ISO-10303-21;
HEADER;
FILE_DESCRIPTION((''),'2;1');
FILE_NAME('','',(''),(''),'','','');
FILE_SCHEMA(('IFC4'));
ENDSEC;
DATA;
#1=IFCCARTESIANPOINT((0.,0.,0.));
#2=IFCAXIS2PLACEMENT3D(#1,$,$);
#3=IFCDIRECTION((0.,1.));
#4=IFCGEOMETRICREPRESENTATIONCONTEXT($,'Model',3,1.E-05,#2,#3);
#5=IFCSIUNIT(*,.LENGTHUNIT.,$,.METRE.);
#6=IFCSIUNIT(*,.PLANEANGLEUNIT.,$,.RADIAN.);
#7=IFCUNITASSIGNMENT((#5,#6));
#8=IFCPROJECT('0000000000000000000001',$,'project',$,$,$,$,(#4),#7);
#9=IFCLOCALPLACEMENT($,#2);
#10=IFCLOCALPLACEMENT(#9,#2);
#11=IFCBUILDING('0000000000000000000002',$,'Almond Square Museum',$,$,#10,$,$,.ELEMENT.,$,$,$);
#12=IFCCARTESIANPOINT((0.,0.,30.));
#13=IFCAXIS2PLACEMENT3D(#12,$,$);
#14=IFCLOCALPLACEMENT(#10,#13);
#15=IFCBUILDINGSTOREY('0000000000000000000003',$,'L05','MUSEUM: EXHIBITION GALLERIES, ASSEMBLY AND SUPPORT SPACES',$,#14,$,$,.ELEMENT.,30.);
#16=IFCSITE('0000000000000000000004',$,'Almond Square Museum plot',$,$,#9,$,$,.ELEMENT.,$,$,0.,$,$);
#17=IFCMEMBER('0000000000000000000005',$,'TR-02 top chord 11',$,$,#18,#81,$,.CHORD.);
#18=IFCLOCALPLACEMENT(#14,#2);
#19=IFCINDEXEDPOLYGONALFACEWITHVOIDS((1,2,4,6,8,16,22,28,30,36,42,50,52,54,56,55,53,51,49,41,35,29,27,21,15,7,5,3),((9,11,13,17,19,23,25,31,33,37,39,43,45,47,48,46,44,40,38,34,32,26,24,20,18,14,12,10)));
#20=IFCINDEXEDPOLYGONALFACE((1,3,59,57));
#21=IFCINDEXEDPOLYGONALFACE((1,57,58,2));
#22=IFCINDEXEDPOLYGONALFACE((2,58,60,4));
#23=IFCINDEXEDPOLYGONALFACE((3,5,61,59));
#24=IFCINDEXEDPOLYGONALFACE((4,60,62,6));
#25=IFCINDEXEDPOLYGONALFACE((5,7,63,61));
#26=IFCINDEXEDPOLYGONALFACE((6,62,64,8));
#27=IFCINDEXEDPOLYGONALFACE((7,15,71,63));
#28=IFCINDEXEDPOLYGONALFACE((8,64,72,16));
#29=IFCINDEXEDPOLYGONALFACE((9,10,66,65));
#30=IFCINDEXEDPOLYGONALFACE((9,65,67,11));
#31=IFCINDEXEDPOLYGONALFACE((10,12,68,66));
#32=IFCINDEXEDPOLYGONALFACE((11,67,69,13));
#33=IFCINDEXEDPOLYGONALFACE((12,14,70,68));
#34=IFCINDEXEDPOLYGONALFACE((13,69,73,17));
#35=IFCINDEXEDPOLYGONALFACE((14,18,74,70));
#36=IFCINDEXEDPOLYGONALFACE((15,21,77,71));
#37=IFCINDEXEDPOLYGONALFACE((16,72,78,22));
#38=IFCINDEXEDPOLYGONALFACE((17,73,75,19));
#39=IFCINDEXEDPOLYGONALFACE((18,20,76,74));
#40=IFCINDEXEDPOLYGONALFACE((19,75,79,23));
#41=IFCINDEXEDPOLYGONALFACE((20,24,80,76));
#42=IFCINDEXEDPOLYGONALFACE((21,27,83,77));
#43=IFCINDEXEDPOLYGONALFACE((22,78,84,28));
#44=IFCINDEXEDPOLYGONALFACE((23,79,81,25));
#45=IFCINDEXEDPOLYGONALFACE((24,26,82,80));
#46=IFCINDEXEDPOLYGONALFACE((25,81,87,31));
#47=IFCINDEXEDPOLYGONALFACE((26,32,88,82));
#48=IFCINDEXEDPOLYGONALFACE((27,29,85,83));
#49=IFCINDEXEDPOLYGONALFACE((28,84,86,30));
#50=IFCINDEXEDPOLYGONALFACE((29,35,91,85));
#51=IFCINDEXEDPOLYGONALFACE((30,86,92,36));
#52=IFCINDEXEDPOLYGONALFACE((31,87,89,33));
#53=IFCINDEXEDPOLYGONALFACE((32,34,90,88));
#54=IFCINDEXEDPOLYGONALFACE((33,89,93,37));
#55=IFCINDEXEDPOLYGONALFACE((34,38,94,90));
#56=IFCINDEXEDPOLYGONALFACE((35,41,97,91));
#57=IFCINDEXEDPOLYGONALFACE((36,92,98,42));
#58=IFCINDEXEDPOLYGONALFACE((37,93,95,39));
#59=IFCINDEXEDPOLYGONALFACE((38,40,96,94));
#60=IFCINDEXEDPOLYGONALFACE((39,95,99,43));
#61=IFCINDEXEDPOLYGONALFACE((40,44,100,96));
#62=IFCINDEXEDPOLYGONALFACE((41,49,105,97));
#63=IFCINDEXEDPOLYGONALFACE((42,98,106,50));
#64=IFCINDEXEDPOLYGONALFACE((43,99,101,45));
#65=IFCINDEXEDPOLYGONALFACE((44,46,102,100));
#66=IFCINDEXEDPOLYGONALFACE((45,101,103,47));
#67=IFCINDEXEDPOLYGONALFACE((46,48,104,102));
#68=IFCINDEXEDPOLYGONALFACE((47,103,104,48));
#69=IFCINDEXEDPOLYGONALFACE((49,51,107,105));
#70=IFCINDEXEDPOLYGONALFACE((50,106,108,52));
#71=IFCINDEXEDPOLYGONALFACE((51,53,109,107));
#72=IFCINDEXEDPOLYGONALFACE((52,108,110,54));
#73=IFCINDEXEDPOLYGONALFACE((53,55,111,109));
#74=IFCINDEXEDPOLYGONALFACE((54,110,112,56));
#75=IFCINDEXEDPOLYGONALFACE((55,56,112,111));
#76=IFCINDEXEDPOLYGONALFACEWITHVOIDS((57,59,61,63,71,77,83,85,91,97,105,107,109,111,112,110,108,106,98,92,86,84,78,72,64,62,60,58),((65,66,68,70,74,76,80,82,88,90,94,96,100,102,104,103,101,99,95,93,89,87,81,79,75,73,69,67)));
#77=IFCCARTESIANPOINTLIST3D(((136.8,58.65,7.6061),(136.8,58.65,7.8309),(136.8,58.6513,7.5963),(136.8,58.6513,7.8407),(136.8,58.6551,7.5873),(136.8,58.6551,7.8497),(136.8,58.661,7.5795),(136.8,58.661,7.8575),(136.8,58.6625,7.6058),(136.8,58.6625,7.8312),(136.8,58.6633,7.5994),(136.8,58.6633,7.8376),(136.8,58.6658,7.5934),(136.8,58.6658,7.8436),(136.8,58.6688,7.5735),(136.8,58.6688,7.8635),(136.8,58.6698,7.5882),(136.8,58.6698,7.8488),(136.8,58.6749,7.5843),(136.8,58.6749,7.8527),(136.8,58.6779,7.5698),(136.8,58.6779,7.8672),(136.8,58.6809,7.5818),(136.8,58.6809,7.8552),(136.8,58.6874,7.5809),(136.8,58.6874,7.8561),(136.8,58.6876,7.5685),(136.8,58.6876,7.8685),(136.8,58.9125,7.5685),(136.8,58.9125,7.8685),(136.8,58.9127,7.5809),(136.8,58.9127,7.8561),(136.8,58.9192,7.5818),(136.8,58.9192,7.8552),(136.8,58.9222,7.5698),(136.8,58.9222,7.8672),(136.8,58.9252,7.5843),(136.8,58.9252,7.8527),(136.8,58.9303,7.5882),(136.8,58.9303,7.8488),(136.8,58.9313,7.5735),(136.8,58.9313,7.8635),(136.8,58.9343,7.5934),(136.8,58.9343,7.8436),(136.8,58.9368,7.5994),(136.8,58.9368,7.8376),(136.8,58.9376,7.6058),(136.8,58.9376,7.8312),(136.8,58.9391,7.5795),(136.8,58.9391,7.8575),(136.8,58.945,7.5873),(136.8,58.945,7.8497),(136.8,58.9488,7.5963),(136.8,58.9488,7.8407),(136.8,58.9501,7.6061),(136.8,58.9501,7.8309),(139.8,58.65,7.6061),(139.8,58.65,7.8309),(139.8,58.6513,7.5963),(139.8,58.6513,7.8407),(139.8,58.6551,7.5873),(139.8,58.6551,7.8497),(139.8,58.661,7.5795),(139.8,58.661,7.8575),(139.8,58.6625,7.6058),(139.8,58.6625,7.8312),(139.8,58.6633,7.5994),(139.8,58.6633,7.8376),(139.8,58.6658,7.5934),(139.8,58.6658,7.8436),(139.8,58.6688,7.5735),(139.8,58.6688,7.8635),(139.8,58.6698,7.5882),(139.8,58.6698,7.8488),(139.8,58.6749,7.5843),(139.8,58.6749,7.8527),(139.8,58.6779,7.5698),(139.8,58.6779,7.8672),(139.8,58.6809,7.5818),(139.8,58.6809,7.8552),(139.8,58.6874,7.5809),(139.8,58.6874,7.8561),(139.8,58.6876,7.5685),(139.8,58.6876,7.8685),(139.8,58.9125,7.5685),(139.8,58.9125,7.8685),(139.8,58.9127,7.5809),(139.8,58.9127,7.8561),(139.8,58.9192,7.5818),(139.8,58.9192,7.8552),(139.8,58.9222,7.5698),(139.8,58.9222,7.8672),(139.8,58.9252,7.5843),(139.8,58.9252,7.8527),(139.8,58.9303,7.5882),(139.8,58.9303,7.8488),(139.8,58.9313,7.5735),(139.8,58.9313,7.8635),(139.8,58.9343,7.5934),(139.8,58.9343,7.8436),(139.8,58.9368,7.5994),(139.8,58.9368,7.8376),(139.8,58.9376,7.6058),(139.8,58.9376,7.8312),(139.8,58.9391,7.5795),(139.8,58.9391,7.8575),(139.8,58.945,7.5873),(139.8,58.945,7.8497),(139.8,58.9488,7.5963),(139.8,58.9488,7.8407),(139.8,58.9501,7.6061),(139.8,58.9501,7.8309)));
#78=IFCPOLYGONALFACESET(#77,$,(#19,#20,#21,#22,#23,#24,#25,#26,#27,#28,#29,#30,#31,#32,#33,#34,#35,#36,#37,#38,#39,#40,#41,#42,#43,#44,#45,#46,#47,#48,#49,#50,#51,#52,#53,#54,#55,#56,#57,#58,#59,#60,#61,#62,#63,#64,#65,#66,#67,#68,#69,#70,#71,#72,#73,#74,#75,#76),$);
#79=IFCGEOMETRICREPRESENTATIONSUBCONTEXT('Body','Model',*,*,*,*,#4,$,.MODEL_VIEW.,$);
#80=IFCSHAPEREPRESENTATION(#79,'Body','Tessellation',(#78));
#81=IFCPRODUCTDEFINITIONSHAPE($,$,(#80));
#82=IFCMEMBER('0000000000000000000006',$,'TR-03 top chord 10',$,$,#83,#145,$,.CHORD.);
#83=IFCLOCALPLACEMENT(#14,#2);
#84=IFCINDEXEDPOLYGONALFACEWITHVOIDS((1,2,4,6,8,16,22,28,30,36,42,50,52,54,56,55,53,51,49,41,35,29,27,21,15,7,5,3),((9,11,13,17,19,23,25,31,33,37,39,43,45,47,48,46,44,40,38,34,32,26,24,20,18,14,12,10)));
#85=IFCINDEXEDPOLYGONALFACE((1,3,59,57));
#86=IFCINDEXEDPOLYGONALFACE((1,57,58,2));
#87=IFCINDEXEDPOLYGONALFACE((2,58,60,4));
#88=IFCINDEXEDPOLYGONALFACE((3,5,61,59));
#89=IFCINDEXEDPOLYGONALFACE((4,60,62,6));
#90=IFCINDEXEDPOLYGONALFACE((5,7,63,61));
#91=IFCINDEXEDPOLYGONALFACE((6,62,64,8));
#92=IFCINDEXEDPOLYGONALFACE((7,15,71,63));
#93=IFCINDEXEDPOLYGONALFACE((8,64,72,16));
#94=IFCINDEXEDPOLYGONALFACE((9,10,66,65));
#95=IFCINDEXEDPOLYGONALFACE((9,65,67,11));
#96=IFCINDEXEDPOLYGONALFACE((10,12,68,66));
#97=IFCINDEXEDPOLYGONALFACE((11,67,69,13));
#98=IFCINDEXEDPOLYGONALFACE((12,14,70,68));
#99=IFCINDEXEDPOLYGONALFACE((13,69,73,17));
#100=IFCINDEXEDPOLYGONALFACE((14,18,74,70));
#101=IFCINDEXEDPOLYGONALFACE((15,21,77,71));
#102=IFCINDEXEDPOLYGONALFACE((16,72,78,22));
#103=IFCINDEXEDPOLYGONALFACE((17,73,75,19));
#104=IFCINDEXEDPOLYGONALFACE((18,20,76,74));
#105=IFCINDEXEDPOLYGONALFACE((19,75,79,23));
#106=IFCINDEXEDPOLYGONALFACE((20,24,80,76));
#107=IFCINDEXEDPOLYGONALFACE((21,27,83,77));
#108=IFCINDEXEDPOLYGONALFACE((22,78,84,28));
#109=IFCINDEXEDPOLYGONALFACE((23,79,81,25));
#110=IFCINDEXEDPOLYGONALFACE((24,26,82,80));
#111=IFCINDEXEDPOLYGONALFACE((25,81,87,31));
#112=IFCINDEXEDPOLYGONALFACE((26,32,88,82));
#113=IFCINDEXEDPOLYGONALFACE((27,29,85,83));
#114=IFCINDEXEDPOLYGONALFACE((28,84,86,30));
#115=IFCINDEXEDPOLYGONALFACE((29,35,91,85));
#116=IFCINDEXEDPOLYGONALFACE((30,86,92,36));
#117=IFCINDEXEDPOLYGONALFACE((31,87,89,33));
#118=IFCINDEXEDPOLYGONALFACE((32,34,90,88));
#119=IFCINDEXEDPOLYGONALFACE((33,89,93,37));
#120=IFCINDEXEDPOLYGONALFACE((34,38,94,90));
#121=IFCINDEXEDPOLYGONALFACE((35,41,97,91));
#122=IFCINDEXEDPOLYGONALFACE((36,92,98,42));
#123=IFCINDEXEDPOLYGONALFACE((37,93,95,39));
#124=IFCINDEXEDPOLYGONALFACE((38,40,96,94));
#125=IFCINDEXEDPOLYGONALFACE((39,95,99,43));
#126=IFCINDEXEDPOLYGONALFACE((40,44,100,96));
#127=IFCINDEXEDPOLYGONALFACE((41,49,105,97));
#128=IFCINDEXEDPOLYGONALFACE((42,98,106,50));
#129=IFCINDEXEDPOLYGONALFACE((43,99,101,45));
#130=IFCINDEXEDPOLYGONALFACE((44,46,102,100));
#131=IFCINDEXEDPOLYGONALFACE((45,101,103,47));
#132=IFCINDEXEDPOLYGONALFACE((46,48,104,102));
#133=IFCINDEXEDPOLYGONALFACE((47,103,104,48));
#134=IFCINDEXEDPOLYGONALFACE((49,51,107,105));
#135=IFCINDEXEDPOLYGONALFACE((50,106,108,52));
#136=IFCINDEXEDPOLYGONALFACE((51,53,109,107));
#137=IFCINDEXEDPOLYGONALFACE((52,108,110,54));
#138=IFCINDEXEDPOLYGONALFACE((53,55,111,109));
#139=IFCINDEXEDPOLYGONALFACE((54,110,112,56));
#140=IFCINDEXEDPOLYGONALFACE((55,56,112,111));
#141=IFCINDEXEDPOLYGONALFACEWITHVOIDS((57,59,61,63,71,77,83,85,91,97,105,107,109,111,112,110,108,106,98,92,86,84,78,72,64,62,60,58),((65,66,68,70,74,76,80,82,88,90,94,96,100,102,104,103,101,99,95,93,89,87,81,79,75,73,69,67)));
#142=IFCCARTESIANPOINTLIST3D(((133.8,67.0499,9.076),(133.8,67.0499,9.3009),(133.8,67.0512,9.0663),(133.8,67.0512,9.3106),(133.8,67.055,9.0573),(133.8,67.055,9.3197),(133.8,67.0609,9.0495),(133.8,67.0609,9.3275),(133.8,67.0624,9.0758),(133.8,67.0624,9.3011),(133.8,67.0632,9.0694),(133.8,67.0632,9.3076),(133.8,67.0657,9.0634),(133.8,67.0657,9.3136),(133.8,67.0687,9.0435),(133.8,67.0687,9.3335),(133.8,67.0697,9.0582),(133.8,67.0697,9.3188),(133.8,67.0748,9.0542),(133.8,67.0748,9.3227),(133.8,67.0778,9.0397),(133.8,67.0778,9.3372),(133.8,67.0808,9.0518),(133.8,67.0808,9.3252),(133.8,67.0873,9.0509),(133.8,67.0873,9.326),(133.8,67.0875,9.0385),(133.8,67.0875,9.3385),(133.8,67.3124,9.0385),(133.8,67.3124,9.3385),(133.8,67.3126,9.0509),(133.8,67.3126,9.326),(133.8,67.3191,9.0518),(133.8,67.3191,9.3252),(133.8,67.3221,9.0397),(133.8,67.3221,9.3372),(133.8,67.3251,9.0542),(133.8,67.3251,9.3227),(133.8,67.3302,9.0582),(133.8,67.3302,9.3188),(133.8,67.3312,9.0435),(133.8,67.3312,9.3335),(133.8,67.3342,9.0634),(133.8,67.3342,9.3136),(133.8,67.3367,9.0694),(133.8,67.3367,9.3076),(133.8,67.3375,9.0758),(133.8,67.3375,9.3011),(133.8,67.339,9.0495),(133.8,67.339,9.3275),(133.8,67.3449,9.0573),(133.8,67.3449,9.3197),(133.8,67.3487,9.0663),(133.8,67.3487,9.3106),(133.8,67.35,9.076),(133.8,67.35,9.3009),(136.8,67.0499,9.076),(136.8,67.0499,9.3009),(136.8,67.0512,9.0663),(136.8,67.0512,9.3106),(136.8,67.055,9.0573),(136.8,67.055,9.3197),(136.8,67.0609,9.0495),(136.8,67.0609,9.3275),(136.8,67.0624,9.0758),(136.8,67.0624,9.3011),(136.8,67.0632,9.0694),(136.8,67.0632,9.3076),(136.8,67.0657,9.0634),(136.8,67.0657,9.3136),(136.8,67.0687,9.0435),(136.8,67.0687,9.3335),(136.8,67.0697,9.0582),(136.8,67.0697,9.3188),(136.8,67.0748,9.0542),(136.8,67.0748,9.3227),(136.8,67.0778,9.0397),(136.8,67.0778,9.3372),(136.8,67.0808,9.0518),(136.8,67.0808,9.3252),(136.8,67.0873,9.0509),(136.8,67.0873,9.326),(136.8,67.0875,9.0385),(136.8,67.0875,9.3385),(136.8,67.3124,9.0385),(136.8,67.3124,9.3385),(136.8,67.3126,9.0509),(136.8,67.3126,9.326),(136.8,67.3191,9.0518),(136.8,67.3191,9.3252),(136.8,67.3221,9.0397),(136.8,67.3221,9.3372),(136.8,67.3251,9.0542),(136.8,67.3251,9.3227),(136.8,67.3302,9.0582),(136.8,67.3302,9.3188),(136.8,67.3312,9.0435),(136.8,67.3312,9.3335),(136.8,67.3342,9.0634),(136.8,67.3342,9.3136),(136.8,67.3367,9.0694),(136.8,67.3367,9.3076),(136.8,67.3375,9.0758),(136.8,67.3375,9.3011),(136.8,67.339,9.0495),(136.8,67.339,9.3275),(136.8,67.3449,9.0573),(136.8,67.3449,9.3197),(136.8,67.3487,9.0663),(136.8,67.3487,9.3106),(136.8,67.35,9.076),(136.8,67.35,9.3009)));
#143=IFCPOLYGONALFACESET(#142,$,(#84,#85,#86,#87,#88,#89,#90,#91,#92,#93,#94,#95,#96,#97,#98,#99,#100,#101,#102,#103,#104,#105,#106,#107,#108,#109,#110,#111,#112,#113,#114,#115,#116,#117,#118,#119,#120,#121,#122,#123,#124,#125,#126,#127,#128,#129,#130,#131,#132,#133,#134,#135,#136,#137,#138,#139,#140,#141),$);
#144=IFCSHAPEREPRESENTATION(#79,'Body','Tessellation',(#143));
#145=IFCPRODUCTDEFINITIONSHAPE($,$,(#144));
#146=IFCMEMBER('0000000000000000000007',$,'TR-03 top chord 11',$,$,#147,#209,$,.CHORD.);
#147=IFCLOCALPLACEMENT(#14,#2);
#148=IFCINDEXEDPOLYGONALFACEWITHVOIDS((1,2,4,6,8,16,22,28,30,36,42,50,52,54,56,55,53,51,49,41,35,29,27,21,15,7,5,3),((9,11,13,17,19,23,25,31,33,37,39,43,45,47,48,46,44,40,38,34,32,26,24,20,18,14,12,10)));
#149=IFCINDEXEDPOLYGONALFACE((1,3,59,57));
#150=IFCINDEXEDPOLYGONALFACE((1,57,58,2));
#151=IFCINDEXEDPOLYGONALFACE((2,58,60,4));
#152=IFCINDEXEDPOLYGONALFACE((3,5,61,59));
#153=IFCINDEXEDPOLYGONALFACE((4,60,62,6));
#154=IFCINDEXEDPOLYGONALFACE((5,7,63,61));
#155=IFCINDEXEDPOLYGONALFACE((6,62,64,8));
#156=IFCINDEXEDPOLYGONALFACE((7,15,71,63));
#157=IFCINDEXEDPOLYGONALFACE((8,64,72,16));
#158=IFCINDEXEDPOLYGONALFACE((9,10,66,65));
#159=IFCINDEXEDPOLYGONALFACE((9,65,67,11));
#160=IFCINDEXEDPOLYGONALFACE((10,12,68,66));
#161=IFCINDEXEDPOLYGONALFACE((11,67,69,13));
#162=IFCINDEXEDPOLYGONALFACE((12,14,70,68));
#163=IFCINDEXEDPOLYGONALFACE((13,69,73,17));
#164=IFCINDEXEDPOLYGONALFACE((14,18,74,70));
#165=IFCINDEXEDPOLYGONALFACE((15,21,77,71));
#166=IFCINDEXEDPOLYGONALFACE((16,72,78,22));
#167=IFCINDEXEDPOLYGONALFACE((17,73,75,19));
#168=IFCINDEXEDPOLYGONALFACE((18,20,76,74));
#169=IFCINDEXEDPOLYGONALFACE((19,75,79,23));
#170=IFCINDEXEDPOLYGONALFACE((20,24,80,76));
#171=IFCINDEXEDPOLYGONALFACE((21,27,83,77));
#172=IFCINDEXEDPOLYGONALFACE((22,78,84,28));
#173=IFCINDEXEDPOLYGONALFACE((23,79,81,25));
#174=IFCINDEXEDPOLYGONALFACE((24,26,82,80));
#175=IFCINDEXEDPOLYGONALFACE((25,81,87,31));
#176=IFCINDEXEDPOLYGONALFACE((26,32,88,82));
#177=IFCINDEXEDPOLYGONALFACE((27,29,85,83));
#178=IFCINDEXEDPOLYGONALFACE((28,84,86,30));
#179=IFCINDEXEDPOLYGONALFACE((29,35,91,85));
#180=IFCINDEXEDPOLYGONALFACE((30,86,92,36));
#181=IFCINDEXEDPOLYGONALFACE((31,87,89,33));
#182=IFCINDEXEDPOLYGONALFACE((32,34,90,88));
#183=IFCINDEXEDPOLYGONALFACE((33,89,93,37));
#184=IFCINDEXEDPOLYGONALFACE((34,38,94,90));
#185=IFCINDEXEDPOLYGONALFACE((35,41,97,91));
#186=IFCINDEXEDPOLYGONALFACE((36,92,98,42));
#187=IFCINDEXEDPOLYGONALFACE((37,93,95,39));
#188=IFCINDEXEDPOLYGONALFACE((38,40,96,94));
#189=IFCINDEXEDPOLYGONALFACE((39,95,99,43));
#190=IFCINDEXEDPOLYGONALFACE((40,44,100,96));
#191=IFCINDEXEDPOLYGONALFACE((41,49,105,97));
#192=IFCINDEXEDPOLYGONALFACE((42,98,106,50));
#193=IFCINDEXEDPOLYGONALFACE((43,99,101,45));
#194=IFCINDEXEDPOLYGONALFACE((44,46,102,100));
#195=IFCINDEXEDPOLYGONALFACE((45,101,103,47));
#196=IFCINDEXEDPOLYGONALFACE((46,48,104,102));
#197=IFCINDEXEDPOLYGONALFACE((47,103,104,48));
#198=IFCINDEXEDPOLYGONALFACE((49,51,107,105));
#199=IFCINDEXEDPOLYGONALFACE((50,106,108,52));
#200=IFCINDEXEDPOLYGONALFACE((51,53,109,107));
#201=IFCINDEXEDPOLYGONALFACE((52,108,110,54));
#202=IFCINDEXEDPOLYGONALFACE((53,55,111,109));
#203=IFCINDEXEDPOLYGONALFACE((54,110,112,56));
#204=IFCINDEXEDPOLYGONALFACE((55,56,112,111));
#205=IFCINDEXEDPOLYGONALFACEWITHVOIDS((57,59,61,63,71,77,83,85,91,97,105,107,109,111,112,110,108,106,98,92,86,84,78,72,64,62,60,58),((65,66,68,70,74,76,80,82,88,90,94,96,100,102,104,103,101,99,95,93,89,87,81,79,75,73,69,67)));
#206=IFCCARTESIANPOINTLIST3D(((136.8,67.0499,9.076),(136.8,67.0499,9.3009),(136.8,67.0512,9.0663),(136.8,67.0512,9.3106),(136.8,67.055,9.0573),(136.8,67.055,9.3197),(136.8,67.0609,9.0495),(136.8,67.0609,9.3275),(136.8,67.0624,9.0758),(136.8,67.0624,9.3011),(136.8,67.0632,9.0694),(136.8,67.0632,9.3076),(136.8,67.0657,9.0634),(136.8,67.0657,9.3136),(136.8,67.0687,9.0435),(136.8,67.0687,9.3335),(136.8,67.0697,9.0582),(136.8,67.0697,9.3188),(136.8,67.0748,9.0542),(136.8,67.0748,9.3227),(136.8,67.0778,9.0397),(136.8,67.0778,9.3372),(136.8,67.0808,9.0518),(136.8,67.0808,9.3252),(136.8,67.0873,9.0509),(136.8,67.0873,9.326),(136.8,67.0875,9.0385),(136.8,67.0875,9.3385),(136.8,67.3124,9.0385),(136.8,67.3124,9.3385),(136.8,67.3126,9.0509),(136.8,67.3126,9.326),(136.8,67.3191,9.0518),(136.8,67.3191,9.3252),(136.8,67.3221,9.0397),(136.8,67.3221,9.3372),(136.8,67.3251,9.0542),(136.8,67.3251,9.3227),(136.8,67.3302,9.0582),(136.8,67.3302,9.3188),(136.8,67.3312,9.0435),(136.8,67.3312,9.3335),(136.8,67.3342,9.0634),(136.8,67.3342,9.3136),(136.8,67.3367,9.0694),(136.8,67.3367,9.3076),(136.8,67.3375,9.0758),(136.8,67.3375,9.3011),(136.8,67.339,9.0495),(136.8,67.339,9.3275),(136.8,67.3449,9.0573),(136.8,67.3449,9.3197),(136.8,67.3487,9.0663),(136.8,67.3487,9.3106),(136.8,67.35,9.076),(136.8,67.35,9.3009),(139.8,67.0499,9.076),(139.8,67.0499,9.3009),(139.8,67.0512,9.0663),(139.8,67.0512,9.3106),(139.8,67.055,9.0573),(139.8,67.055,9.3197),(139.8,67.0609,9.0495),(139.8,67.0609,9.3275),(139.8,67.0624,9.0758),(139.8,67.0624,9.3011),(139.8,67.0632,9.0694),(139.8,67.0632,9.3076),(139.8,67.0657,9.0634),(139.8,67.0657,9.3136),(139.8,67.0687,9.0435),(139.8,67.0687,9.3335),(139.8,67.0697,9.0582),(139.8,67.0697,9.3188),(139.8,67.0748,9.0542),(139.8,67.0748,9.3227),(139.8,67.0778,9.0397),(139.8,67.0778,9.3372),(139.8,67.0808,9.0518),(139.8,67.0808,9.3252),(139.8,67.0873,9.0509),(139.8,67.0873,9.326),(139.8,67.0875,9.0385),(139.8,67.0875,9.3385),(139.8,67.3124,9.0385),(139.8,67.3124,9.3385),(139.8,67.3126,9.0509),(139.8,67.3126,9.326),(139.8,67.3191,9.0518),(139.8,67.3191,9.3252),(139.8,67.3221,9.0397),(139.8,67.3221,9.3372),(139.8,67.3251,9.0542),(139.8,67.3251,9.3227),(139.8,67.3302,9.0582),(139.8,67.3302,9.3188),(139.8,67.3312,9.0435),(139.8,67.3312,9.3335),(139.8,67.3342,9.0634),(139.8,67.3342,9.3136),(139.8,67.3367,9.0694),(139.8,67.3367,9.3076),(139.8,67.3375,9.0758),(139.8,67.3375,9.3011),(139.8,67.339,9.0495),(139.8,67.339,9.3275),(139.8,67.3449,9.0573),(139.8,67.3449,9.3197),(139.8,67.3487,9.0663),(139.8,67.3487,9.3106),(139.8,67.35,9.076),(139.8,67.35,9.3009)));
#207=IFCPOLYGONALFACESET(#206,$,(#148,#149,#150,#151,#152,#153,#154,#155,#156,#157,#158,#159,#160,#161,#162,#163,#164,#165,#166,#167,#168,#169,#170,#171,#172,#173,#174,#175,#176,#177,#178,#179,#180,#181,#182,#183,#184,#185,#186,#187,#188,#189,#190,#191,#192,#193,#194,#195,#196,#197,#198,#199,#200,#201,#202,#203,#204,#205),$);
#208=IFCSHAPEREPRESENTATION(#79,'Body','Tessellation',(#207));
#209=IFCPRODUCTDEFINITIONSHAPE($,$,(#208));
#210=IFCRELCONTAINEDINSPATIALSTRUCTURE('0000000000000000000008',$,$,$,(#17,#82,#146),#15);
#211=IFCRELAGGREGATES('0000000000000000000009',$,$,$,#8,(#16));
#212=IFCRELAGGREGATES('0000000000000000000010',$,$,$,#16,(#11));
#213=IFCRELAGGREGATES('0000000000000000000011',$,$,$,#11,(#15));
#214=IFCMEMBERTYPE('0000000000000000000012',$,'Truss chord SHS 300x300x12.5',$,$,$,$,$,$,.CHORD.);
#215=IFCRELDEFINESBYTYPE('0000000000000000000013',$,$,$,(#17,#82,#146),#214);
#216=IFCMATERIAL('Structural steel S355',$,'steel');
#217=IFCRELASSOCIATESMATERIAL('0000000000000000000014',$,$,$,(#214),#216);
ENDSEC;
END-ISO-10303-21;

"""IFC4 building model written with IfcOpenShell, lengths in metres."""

from ifc_helpers import new_model, si_unit, direction, frame, origin, origin_2d, place, context, subcontext, project, spatial, hollow_rectangle, extrude, material, material_profile, profile_set, type_object, element, save


model = new_model("IFC4")

# Units and contexts
model_context = context("Model", 3, precision=1e-05, world=origin(), true_north=direction((0.0, 1.0)))
body_context = subcontext(model_context, "Body", "Model", "MODEL_VIEW")
ifc_project = project(units=[si_unit("LENGTHUNIT", "METRE"), si_unit("PLANEANGLEUNIT", "RADIAN")], contexts=[model_context])

# Site, building, storey
site_placement = place(None, origin())
site = spatial("IfcSite", under=ifc_project, at=site_placement, Name="Almond Square Museum plot", CompositionType="ELEMENT", RefElevation=0.0)
building_placement = place(site_placement, origin())
building = spatial("IfcBuilding", under=site, at=building_placement, Name="Almond Square Museum", CompositionType="ELEMENT")
storey_placement = place(building_placement, frame((0.0, 0.0, 30.0)))
storey = spatial("IfcBuildingStorey", under=building, at=storey_placement, Name="L05", Description="MUSEUM: EXHIBITION GALLERIES, ASSEMBLY AND SUPPORT SPACES", CompositionType="ELEMENT", Elevation=30.0)

# Members
ifc_material_1 = material(Name="Structural steel S355", Category="steel")
ifc_material_profile_1 = material_profile(ifc_material_1, hollow_rectangle(XDim=0.3, YDim=0.3, WallThickness=0.0125, InnerFilletRadius=0.0249, OuterFilletRadius=0.0376, at=origin_2d()))
ifc_profile_set_1 = profile_set([ifc_material_profile_1], Name="Structural steel S355")
member_type_1 = type_object("IfcMemberType", Name="Truss chord SHS 300x300x12.5", PredefinedType="CHORD", material=ifc_profile_set_1)
for number, where, z_axis, x_axis, name in (
    (1, (136.8, 58.8, 7.7185), (1.0, 0.0, 0.0), (0.0, 1.0, 0.0), "TR-02 top chord 11"),
    (2, (133.8, 67.2, 9.1885), (1.0, 0.0, 0.0), (0.0, 1.0, 0.0), "TR-03 top chord 10"),
    (3, (136.8, 67.2, 9.1885), (1.0, 0.0, 0.0), (0.0, 1.0, 0.0), "TR-03 top chord 11"),
):
    element("IfcMember", number, at=place(storey_placement, frame(where, z_axis=z_axis, x_axis=x_axis)), inside=storey, type_object=member_type_1, Name=name, PredefinedType="CHORD", context=body_context, shape_type="SweptSolid", body=[
        extrude(hollow_rectangle(XDim=0.3, YDim=0.3, WallThickness=0.0125, InnerFilletRadius=0.0249, OuterFilletRadius=0.0376, at=origin_2d()), origin(), (0.0, 0.0, 1.0), 3.0),
    ])

save(model, "model.ifc")
